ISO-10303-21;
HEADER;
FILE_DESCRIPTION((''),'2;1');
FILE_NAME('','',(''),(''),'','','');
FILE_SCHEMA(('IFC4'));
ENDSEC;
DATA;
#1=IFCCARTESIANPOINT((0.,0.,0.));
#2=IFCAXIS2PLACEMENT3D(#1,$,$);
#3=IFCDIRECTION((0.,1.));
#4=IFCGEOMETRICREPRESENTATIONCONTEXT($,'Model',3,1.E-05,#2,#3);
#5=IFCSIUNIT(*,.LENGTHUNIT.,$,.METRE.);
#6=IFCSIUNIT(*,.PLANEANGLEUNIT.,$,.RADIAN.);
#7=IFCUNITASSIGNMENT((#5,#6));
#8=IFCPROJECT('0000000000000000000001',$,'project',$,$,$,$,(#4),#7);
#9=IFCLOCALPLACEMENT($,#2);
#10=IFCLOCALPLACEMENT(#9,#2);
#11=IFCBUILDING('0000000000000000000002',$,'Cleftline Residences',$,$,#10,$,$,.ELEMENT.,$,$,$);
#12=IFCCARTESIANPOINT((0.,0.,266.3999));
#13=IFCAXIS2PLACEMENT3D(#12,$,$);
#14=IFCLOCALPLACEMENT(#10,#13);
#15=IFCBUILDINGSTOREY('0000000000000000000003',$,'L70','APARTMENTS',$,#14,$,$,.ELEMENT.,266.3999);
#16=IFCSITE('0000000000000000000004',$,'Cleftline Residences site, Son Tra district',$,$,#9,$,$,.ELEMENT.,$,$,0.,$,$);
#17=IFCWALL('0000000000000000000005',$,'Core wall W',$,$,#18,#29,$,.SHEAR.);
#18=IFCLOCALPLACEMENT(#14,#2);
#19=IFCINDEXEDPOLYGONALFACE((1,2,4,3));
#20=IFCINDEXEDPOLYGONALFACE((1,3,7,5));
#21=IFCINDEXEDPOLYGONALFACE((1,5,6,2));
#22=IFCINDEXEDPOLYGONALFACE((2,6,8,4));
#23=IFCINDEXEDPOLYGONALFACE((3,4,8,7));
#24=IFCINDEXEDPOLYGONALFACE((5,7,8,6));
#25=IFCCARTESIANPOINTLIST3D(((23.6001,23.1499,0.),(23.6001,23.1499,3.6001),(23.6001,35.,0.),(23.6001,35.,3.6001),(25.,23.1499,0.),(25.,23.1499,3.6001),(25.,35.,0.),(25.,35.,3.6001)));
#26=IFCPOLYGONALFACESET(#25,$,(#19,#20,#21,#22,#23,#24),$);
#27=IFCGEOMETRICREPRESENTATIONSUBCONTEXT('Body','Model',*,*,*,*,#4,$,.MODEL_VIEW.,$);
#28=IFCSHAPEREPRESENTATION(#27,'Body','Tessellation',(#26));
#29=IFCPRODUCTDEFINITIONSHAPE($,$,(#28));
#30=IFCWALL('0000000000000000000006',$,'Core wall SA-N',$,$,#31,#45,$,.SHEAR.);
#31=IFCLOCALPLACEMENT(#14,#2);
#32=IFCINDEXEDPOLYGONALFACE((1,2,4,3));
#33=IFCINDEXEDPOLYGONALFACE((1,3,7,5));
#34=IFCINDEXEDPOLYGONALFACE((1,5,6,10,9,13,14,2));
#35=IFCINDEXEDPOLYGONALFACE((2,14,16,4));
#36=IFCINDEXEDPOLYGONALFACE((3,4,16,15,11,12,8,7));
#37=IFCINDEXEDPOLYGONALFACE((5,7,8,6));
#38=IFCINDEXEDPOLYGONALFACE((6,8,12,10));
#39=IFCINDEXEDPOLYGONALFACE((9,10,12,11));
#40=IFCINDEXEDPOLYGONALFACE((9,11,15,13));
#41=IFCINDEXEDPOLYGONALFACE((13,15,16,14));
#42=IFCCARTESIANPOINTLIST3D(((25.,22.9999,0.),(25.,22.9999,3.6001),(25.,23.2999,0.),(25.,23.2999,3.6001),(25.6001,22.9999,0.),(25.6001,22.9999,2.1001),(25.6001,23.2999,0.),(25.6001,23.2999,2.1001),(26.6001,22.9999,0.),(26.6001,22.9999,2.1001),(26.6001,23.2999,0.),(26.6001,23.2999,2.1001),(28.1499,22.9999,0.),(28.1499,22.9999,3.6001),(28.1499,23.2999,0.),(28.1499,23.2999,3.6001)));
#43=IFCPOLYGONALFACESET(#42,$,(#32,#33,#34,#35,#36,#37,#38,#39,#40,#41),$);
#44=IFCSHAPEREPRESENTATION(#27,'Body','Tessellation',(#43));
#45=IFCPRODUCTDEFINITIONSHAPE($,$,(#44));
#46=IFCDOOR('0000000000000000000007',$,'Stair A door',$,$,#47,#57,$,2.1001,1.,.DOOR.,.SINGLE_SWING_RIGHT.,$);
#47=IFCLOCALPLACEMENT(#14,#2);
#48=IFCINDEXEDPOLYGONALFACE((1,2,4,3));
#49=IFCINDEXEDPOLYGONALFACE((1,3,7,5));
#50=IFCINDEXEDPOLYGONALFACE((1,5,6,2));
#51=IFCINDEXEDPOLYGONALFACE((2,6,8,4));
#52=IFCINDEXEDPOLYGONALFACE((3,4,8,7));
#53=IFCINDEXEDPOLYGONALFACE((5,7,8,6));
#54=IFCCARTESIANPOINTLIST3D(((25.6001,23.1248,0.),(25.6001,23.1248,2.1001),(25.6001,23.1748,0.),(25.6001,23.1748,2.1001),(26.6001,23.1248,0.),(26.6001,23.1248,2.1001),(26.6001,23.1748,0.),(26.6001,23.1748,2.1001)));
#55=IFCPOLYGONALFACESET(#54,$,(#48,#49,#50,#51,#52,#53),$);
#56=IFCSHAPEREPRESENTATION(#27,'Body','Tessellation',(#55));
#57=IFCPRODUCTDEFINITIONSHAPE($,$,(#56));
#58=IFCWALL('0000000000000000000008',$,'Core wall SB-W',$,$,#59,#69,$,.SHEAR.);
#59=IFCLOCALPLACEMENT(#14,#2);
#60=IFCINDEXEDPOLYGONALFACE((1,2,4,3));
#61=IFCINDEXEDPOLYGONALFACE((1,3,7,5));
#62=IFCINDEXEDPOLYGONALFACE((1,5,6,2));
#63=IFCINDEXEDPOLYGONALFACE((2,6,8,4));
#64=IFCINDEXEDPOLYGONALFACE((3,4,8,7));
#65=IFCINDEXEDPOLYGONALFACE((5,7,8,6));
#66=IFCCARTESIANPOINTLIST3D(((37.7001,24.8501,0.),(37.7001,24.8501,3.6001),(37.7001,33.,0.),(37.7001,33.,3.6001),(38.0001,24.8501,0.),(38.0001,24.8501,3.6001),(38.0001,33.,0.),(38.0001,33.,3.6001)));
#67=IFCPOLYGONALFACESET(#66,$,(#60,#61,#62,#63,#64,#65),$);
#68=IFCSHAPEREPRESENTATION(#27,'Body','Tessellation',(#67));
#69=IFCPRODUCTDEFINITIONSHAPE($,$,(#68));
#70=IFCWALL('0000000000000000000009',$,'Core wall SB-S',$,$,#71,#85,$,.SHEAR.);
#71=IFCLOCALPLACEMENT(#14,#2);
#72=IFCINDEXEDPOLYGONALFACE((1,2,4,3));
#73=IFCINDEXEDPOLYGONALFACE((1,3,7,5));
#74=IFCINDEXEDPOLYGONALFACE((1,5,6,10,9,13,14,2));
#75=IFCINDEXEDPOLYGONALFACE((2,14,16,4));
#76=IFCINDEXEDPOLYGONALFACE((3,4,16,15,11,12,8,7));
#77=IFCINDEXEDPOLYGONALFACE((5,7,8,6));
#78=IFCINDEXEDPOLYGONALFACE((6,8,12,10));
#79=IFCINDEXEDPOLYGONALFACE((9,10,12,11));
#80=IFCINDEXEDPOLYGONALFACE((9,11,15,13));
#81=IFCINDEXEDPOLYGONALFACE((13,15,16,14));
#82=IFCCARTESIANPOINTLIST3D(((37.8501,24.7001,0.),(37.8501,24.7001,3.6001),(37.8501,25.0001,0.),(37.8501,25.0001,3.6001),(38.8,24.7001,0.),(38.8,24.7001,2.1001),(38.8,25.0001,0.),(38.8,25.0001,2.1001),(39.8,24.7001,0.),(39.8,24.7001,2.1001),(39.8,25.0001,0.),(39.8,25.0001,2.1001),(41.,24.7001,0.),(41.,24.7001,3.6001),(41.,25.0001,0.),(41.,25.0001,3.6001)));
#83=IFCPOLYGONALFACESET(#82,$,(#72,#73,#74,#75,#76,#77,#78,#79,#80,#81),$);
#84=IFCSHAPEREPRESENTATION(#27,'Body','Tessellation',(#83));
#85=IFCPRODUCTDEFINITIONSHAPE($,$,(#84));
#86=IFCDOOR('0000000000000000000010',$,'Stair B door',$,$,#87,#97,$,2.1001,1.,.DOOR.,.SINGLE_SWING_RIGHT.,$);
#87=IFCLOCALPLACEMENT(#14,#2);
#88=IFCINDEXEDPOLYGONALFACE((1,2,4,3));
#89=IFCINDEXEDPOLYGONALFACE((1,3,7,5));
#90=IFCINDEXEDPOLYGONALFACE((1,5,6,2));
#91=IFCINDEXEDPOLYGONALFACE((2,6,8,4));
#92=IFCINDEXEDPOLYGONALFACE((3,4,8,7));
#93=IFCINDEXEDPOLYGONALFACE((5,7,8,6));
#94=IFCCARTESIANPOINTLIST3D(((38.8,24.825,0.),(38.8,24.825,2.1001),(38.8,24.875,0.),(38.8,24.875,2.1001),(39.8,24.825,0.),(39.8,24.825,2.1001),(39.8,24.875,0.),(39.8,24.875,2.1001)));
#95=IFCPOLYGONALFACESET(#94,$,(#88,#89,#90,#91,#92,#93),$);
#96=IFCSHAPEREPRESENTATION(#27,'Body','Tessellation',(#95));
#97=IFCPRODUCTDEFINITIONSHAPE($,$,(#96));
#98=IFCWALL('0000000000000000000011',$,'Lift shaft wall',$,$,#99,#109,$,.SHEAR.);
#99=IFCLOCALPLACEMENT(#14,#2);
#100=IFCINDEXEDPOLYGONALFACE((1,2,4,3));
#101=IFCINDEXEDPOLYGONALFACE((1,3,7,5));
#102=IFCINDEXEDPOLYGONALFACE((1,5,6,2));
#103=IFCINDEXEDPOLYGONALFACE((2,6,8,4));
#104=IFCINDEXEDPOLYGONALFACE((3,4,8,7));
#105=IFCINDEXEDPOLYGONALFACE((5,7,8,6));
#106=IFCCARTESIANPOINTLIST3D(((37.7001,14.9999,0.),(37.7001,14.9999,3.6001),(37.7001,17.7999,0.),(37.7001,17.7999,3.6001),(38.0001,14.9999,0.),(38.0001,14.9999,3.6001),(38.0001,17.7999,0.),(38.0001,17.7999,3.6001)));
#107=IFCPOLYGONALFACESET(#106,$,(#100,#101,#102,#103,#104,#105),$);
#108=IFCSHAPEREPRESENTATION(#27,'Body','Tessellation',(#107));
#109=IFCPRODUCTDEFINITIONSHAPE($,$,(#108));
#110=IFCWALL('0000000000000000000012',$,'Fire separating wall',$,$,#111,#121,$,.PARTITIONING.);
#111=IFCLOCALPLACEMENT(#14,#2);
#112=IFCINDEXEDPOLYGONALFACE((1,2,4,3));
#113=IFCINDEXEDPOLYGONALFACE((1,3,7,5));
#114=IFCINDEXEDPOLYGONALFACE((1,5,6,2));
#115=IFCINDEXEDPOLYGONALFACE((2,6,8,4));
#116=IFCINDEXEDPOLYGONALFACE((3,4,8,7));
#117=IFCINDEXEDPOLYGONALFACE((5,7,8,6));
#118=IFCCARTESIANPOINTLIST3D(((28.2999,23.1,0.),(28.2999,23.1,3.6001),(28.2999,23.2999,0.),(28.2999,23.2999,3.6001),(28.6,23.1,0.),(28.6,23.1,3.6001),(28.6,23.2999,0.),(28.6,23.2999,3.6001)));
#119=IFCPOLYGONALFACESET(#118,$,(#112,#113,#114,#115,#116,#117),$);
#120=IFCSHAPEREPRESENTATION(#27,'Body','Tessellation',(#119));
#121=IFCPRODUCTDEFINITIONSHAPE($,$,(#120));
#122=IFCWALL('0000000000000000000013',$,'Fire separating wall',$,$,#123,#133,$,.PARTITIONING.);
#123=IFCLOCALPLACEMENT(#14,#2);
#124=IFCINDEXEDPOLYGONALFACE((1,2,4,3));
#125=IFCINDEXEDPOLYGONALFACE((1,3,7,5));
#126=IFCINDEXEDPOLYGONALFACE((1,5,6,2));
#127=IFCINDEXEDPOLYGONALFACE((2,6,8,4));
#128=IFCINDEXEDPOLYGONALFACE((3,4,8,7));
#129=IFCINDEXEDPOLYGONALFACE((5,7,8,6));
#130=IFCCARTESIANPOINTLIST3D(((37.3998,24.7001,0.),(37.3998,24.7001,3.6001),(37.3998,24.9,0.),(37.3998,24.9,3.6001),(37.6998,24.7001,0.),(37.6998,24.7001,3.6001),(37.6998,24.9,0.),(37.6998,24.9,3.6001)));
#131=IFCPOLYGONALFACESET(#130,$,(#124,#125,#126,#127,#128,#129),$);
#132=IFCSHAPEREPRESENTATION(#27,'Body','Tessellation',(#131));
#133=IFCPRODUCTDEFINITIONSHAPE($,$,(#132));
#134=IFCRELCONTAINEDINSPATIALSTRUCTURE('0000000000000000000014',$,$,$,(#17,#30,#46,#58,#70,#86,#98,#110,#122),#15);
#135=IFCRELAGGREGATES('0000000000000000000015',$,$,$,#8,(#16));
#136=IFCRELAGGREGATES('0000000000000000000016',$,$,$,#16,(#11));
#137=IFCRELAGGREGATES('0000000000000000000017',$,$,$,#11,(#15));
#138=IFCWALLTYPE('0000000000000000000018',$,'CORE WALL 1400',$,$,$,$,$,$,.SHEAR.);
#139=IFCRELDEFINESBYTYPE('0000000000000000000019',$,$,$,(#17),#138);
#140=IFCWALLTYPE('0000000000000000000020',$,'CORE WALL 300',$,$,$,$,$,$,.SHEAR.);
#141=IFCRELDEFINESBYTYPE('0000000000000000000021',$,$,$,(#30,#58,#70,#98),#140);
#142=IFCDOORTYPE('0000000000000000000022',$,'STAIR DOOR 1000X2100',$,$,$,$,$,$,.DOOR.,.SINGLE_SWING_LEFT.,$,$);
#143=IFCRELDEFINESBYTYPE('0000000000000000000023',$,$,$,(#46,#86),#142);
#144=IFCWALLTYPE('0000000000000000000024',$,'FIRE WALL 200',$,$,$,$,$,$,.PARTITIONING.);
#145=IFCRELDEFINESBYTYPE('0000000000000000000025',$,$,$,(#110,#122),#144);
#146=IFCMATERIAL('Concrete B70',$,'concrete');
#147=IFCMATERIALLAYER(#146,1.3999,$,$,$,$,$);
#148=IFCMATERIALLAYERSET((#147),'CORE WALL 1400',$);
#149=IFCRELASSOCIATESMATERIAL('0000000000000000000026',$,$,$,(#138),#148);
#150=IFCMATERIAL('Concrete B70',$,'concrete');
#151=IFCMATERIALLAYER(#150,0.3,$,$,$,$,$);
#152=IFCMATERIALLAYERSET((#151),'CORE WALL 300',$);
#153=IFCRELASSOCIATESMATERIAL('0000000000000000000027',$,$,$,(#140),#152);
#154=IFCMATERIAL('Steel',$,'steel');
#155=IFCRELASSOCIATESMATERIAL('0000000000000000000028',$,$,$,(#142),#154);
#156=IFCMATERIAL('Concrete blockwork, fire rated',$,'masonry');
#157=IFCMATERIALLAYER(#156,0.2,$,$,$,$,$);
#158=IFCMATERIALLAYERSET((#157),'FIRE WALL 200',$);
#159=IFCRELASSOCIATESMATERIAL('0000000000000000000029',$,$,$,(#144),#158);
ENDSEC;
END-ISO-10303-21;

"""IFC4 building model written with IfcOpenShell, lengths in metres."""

from ifc_helpers import new_model, si_unit, direction, frame, frame_2d, origin, place, context, subcontext, project, spatial, rectangle, extrude, material, layer, layer_set, type_object, element, fill, save


model = new_model("IFC4")

# Units and contexts
model_context = context("Model", 3, precision=1e-05, world=origin(), true_north=direction((0.0, 1.0)))
body_context = subcontext(model_context, "Body", "Model", "MODEL_VIEW")
ifc_project = project(units=[si_unit("LENGTHUNIT", "METRE"), si_unit("PLANEANGLEUNIT", "RADIAN")], contexts=[model_context])

# Site, building, storey
site_placement = place(None, origin())
site = spatial("IfcSite", under=ifc_project, at=site_placement, Name="Cleftline Residences site, Son Tra district", CompositionType="ELEMENT", RefElevation=0.0)
building_placement = place(site_placement, origin())
building = spatial("IfcBuilding", under=site, at=building_placement, Name="Cleftline Residences", CompositionType="ELEMENT")
storey_placement = place(building_placement, frame((0.0, 0.0, 266.3999)))
storey = spatial("IfcBuildingStorey", under=building, at=storey_placement, Name="L70", Description="APARTMENTS", CompositionType="ELEMENT", Elevation=266.3999)

# Wall
ifc_material_1 = material(Name="Concrete B70", Category="concrete")
ifc_layer_1 = layer(ifc_material_1, 1.3999)
ifc_layer_set_1 = layer_set([ifc_layer_1], Name="CORE WALL 1400")
wall_type_1 = type_object("IfcWallType", Name="CORE WALL 1400", PredefinedType="SHEAR", material=ifc_layer_set_1)
wall_1_placement = place(storey_placement, frame((24.3, 23.1499, 0.0), z_axis=(0.0, 0.0, 1.0), x_axis=(0.0, 1.0, 0.0)))
element("IfcWall", 1, at=wall_1_placement, inside=storey, type_object=wall_type_1, Name="Core wall W", PredefinedType="SHEAR", context=body_context, shape_type="SweptSolid", body=[
    extrude(rectangle(XDim=11.8501, YDim=1.3999, at=frame_2d((5.925, 0.0))), origin(), (0.0, 0.0, 1.0), 3.6001),
])

# Wall, opening, door
ifc_material_2 = material(Name="Concrete B70", Category="concrete")
ifc_layer_2 = layer(ifc_material_2, 0.3)
ifc_layer_set_2 = layer_set([ifc_layer_2], Name="CORE WALL 300")
wall_type_2 = type_object("IfcWallType", Name="CORE WALL 300", PredefinedType="SHEAR", material=ifc_layer_set_2)
wall_2_placement = place(storey_placement, frame((25.0, 23.1499, 0.0), z_axis=(0.0, 0.0, 1.0), x_axis=(1.0, 0.0, 0.0)))
wall_2 = element("IfcWall", 2, at=wall_2_placement, inside=storey, type_object=wall_type_2, Name="Core wall SA-N", PredefinedType="SHEAR", context=body_context, shape_type="SweptSolid", body=[
    extrude(rectangle(XDim=3.1499, YDim=0.3, at=frame_2d((1.575, 0.0))), origin(), (0.0, 0.0, 1.0), 3.6001),
])
opening_1_placement = place(wall_2_placement, frame((0.6001, 0.0, 0.0)))
opening_1 = element("IfcOpeningElement", 3, at=opening_1_placement, cuts=wall_2, PredefinedType="OPENING", context=body_context, shape_type="SweptSolid", body=[
    extrude(rectangle(XDim=1.0, YDim=2.1001, at=frame_2d((0.5, 1.05))), frame((0.0, 0.1599, 0.0), z_axis=(0.0, -1.0, 0.0), x_axis=(1.0, 0.0, 0.0)), (0.0, 0.0, 1.0), 0.3201),
])
ifc_material_3 = material(Name="Steel", Category="steel")
door_type_1 = type_object("IfcDoorType", Name="STAIR DOOR 1000X2100", OperationType="SINGLE_SWING_LEFT", PredefinedType="DOOR", material=ifc_material_3)
door_1_placement = place(opening_1_placement, origin())
door_1 = element("IfcDoor", 4, at=door_1_placement, inside=storey, type_object=door_type_1, Name="Stair A door", OperationType="SINGLE_SWING_RIGHT", OverallHeight=2.1001, OverallWidth=1.0, PredefinedType="DOOR", context=body_context, shape_type="SweptSolid", body=[
    extrude(rectangle(XDim=1.0, YDim=2.1001, at=frame_2d((0.5, 1.05))), frame((0.0, 0.0249, 0.0), z_axis=(0.0, -1.0, 0.0), x_axis=(1.0, 0.0, 0.0)), (0.0, 0.0, 1.0), 0.05),
])
fill(opening_1, door_1)

# Wall
wall_3_placement = place(storey_placement, frame((37.8501, 24.8501, 0.0), z_axis=(0.0, 0.0, 1.0), x_axis=(0.0, 1.0, 0.0)))
element("IfcWall", 5, at=wall_3_placement, inside=storey, type_object=wall_type_2, Name="Core wall SB-W", PredefinedType="SHEAR", context=body_context, shape_type="SweptSolid", body=[
    extrude(rectangle(XDim=8.1499, YDim=0.3, at=frame_2d((4.075, 0.0))), origin(), (0.0, 0.0, 1.0), 3.6001),
])

# Wall, opening, door
wall_4_placement = place(storey_placement, frame((37.8501, 24.8501, 0.0), z_axis=(0.0, 0.0, 1.0), x_axis=(1.0, 0.0, 0.0)))
wall_4 = element("IfcWall", 6, at=wall_4_placement, inside=storey, type_object=wall_type_2, Name="Core wall SB-S", PredefinedType="SHEAR", context=body_context, shape_type="SweptSolid", body=[
    extrude(rectangle(XDim=3.1499, YDim=0.3, at=frame_2d((1.575, 0.0))), origin(), (0.0, 0.0, 1.0), 3.6001),
])
opening_2_placement = place(wall_4_placement, frame((0.95, 0.0, 0.0)))
opening_2 = element("IfcOpeningElement", 7, at=opening_2_placement, cuts=wall_4, PredefinedType="OPENING", context=body_context, shape_type="SweptSolid", body=[
    extrude(rectangle(XDim=1.0, YDim=2.1001, at=frame_2d((0.5, 1.05))), frame((0.0, 0.1599, 0.0), z_axis=(0.0, -1.0, 0.0), x_axis=(1.0, 0.0, 0.0)), (0.0, 0.0, 1.0), 0.3201),
])
door_2_placement = place(opening_2_placement, origin())
door_2 = element("IfcDoor", 8, at=door_2_placement, inside=storey, type_object=door_type_1, Name="Stair B door", OperationType="SINGLE_SWING_RIGHT", OverallHeight=2.1001, OverallWidth=1.0, PredefinedType="DOOR", context=body_context, shape_type="SweptSolid", body=[
    extrude(rectangle(XDim=1.0, YDim=2.1001, at=frame_2d((0.5, 1.05))), frame((0.0, 0.0249, 0.0), z_axis=(0.0, -1.0, 0.0), x_axis=(1.0, 0.0, 0.0)), (0.0, 0.0, 1.0), 0.05),
])
fill(opening_2, door_2)

# Walls
wall_5_placement = place(storey_placement, frame((37.8501, 15.0, 0.0), z_axis=(0.0, 0.0, 1.0), x_axis=(0.0, 1.0, 0.0)))
element("IfcWall", 9, at=wall_5_placement, inside=storey, type_object=wall_type_2, Name="Lift shaft wall", PredefinedType="SHEAR", context=body_context, shape_type="SweptSolid", body=[
    extrude(rectangle(XDim=2.8, YDim=0.3, at=frame_2d((1.3999, 0.0))), origin(), (0.0, 0.0, 1.0), 3.6001),
])
ifc_material_4 = material(Name="Concrete blockwork, fire rated", Category="masonry")
ifc_layer_3 = layer(ifc_material_4, 0.2)
ifc_layer_set_3 = layer_set([ifc_layer_3], Name="FIRE WALL 200")
wall_type_3 = type_object("IfcWallType", Name="FIRE WALL 200", PredefinedType="PARTITIONING", material=ifc_layer_set_3)
for number, where, z_axis, x_axis, name in (
    (10, (28.3, 23.2, 0.0), (0.0, 0.0, 1.0), (1.0, 0.0, 0.0), "Fire separating wall"),
    (11, (37.3999, 24.8, 0.0), (0.0, 0.0, 1.0), (1.0, 0.0, 0.0), "Fire separating wall"),
):
    element("IfcWall", number, at=place(storey_placement, frame(where, z_axis=z_axis, x_axis=x_axis)), inside=storey, type_object=wall_type_3, Name=name, PredefinedType="PARTITIONING", context=body_context, shape_type="SweptSolid", body=[
        extrude(rectangle(XDim=0.3, YDim=0.2, at=frame_2d((0.1499, 0.0))), origin(), (0.0, 0.0, 1.0), 3.6001),
    ])

save(model, "model.ifc")
